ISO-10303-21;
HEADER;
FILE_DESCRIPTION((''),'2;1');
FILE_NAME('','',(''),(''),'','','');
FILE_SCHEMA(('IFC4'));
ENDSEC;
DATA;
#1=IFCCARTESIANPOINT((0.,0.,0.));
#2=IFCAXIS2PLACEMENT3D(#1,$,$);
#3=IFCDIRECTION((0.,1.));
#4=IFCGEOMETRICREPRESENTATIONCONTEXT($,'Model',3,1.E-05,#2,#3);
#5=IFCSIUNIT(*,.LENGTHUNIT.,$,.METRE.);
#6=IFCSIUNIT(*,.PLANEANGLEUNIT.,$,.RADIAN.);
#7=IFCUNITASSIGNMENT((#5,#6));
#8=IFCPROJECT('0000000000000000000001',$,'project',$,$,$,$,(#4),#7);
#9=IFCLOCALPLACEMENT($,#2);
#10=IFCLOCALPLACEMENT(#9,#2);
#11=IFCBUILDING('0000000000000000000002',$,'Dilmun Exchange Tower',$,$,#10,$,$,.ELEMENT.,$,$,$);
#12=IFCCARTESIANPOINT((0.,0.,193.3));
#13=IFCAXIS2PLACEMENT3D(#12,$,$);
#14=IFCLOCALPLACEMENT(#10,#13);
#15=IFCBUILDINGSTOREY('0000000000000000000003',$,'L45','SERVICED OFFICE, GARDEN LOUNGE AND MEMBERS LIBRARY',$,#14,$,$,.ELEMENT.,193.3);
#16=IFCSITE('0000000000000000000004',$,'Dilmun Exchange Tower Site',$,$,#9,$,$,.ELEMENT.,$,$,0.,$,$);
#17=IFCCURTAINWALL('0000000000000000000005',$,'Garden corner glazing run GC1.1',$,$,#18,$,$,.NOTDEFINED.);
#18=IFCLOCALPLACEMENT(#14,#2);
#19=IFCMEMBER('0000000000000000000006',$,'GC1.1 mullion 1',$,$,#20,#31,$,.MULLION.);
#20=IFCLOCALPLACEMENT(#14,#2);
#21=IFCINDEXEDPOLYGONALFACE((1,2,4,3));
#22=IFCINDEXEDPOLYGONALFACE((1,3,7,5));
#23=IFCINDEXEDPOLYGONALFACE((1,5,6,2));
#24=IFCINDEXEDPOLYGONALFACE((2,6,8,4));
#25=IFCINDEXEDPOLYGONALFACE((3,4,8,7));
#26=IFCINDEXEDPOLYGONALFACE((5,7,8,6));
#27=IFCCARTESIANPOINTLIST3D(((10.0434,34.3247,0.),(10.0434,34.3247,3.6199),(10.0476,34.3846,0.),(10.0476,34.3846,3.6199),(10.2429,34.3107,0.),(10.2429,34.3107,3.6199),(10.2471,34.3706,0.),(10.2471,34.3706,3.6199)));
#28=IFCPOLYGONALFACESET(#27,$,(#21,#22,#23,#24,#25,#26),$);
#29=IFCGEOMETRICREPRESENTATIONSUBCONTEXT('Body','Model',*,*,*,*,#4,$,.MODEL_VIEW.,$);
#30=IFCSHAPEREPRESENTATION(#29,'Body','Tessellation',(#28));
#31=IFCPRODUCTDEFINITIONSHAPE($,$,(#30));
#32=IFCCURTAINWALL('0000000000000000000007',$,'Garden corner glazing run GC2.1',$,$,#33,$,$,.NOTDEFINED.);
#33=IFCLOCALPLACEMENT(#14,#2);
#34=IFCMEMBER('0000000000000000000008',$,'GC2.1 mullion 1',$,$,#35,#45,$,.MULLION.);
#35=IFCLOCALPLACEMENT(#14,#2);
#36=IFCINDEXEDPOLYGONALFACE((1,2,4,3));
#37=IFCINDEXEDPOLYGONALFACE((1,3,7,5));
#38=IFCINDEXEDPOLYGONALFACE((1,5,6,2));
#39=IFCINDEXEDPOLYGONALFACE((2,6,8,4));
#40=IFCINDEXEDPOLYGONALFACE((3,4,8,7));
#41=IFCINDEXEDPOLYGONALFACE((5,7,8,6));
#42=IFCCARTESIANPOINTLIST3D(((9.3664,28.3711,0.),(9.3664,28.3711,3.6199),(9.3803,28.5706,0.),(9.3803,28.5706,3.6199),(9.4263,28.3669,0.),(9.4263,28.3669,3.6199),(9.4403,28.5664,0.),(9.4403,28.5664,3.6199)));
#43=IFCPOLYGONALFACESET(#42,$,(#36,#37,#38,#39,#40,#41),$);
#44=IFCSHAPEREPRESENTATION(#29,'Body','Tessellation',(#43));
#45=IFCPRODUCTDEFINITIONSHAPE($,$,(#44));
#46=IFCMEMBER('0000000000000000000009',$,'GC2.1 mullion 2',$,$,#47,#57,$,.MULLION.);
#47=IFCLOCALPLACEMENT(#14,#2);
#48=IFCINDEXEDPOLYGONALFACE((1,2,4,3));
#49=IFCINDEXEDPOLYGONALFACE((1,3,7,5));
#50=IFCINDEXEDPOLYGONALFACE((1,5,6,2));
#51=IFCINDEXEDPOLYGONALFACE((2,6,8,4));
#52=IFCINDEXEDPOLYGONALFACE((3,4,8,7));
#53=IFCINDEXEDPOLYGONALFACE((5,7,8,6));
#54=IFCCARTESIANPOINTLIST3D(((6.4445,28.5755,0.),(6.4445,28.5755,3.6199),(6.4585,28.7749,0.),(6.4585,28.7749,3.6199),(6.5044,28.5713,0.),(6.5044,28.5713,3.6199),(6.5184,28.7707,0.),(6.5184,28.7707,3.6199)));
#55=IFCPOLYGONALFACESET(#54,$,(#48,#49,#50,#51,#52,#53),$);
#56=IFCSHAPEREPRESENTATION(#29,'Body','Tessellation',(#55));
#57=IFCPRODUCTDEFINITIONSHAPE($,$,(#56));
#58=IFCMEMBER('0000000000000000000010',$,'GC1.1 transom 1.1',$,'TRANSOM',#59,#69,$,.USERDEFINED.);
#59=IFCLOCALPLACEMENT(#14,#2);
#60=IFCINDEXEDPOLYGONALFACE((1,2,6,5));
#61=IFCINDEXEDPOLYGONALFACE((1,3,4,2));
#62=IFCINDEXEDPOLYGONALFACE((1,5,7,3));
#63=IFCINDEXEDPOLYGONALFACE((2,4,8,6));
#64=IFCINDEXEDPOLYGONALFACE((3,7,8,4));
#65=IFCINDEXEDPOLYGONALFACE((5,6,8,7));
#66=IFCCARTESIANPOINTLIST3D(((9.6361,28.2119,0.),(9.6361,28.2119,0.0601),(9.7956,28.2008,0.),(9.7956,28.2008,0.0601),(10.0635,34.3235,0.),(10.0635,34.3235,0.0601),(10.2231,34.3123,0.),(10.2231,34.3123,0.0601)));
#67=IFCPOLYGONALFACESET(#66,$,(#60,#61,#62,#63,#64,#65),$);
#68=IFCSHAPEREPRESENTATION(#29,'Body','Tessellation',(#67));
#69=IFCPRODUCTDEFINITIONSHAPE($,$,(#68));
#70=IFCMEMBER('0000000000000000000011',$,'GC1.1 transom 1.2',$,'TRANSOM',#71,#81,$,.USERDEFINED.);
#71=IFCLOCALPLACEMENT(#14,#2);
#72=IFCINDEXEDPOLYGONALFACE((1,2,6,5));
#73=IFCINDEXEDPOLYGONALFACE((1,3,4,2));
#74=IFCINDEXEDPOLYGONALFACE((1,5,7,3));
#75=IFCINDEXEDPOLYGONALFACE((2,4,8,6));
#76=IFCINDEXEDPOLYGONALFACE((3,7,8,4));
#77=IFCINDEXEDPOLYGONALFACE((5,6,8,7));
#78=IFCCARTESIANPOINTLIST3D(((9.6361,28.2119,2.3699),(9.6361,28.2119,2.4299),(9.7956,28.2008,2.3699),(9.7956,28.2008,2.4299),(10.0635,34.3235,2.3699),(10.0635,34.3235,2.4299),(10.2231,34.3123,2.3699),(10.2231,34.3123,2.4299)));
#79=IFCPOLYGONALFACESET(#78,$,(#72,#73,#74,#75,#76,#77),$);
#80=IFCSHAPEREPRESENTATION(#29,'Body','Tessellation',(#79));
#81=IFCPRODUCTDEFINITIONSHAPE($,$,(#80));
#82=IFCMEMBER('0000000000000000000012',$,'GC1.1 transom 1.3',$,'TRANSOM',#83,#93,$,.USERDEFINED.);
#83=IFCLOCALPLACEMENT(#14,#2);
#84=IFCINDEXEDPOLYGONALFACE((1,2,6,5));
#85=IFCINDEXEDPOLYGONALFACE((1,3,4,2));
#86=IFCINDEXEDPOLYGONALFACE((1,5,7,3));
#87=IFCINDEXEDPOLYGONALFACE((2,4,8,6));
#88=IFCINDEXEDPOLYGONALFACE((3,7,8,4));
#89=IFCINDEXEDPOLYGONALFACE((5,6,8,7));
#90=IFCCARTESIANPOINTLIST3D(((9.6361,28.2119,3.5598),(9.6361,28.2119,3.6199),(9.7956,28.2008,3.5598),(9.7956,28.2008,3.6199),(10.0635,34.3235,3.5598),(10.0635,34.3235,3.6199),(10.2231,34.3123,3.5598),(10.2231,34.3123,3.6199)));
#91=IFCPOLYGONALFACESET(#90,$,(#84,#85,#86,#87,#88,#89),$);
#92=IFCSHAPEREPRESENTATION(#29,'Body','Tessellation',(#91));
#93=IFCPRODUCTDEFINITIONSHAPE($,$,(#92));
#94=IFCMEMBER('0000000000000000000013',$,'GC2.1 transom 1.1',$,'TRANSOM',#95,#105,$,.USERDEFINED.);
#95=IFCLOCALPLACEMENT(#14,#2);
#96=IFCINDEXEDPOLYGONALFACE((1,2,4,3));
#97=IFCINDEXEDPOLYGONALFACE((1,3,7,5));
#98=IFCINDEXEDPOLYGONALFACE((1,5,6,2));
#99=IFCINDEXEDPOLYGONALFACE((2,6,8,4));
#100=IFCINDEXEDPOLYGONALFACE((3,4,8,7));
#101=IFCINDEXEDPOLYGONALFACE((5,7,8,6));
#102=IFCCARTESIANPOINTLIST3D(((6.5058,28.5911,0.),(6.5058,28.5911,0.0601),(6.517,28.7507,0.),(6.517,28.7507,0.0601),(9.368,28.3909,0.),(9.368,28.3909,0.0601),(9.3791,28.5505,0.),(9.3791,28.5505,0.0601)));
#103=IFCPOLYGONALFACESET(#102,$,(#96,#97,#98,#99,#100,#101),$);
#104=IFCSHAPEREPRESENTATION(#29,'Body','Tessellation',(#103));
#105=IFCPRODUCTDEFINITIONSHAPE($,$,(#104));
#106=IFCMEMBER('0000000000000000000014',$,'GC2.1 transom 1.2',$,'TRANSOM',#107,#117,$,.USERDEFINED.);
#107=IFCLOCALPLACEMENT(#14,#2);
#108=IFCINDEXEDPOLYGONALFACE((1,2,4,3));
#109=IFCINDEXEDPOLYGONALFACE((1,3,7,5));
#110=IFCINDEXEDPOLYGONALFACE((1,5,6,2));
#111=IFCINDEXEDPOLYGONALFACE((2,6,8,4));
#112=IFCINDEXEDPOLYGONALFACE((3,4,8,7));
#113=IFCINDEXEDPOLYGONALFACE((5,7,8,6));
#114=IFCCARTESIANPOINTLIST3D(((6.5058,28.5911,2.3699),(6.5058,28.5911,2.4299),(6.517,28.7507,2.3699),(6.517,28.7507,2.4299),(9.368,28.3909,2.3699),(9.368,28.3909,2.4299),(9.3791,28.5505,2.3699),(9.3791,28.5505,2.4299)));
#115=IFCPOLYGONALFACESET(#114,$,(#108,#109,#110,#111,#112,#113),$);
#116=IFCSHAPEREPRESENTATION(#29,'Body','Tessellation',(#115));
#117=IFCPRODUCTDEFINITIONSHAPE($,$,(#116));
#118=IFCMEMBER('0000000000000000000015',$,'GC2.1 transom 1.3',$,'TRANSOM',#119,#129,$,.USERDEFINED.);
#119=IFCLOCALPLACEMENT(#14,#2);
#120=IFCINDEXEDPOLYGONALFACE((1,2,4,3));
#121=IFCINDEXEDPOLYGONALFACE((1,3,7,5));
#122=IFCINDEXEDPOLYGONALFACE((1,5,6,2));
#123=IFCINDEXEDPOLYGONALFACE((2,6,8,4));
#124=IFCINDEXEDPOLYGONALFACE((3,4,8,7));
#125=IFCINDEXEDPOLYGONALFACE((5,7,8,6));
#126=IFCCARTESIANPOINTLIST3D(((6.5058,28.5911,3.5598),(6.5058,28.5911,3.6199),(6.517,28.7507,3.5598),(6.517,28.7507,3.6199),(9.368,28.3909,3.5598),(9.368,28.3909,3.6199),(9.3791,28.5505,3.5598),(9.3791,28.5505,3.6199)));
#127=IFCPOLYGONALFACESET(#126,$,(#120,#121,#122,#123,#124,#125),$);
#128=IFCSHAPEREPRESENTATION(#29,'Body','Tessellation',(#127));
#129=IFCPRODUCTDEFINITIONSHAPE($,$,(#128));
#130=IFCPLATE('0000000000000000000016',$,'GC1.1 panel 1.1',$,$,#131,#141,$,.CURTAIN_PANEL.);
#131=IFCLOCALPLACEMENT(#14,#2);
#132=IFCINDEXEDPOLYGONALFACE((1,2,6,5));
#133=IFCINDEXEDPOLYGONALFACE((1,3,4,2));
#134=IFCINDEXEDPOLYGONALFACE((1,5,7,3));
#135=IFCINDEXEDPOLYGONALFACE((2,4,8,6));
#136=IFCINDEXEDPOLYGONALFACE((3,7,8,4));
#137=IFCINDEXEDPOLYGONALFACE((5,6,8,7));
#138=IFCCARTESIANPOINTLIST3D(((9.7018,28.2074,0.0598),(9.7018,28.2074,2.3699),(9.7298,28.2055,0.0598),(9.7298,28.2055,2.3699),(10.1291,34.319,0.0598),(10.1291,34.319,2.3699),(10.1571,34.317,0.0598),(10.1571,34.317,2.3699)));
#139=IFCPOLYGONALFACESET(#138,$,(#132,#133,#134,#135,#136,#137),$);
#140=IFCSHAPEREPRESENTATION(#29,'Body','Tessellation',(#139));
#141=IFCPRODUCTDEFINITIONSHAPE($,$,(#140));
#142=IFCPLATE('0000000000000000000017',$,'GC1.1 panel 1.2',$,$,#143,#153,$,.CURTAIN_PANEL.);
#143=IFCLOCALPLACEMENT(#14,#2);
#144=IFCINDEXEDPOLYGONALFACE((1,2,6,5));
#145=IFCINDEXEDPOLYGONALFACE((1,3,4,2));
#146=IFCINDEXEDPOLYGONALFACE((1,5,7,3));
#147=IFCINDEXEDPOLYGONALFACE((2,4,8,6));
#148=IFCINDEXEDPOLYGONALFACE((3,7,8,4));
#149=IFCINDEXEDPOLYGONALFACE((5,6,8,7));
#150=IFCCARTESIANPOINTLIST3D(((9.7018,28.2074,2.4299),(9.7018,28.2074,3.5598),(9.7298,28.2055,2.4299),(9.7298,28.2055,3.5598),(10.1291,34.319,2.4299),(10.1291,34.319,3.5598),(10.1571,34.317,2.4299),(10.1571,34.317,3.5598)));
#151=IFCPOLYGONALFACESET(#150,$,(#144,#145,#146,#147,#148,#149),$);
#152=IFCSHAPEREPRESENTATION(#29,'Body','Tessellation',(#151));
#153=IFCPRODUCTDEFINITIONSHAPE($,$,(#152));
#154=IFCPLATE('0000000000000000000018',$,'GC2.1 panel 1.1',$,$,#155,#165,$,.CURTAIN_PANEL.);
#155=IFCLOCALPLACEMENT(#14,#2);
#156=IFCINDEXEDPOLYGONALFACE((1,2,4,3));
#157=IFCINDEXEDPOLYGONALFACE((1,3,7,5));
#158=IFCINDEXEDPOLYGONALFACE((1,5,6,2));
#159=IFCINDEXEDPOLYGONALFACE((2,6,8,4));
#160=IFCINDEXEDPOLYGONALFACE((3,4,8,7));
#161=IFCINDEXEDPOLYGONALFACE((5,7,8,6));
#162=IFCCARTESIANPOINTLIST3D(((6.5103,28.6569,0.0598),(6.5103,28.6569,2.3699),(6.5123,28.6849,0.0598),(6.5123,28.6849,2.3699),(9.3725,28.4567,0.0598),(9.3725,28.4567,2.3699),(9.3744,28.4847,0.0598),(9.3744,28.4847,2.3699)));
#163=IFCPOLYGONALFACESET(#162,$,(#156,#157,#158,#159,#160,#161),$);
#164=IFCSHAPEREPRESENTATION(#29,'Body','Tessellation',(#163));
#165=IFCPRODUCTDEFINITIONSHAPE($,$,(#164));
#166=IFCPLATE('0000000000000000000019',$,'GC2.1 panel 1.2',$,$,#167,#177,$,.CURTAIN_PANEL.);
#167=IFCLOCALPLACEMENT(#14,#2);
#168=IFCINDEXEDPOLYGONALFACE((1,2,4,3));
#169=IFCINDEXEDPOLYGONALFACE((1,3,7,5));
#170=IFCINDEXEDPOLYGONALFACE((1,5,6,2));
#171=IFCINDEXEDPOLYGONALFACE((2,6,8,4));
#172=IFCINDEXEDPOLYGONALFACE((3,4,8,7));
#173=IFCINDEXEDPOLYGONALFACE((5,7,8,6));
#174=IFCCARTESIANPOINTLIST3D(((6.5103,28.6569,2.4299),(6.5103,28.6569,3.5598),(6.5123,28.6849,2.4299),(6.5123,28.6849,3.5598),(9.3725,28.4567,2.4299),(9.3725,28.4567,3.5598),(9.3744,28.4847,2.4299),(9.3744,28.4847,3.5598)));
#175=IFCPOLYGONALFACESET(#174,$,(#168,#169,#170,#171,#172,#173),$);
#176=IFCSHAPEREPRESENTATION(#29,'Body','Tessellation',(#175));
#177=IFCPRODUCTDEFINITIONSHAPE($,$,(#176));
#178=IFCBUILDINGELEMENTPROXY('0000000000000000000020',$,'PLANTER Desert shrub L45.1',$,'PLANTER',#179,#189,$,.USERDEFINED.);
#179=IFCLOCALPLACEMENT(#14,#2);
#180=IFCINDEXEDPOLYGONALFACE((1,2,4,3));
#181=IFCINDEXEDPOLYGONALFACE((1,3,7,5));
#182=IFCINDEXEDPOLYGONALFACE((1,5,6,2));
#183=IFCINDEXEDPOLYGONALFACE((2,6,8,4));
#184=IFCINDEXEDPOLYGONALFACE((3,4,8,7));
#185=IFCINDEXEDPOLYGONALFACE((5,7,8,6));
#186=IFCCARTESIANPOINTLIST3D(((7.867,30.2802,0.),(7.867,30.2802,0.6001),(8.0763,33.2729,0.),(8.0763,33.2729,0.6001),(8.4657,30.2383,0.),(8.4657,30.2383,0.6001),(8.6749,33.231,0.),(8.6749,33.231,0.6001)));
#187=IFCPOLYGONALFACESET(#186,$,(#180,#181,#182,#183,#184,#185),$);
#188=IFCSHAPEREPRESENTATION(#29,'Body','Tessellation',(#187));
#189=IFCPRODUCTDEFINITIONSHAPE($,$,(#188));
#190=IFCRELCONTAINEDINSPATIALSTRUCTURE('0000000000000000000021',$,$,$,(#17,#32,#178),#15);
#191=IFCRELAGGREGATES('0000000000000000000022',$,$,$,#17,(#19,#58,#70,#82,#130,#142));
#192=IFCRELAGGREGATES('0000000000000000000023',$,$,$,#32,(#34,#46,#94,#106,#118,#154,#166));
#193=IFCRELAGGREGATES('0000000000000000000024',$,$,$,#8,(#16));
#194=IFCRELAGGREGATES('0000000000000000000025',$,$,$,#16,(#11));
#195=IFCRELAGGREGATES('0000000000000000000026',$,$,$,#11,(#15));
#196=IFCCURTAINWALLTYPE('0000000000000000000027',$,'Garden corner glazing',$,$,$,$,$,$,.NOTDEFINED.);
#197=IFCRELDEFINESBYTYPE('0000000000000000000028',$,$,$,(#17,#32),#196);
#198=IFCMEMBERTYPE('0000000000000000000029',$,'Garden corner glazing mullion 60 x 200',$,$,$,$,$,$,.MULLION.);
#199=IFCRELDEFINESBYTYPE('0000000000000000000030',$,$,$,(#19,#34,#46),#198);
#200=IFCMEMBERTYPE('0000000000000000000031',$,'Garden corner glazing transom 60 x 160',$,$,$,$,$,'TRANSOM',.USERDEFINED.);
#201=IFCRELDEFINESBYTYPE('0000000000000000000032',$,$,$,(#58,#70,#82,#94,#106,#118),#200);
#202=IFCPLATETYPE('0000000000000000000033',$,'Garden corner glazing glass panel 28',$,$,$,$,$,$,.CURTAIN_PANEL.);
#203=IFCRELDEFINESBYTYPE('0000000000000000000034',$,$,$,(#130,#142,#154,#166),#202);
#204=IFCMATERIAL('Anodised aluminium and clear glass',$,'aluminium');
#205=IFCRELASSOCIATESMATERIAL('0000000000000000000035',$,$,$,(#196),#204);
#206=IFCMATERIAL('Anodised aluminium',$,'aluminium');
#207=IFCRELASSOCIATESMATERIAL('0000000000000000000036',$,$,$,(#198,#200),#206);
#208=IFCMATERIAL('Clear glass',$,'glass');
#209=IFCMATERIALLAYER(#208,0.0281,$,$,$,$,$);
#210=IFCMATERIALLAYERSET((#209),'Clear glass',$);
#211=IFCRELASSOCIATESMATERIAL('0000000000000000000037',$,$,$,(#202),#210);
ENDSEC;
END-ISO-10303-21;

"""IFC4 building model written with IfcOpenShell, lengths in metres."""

from ifc_helpers import new_model, si_unit, direction, frame, origin, origin_2d, place, context, subcontext, project, spatial, rectangle, extrude, material, layer, layer_set, material_profile, profile_set, type_object, element, aggregate, save


model = new_model("IFC4")

# Units and contexts
model_context = context("Model", 3, precision=1e-05, world=origin(), true_north=direction((0.0, 1.0)))
body_context = subcontext(model_context, "Body", "Model", "MODEL_VIEW")
ifc_project = project(units=[si_unit("LENGTHUNIT", "METRE"), si_unit("PLANEANGLEUNIT", "RADIAN")], contexts=[model_context])

# Site, building, storey
site_placement = place(None, origin())
site = spatial("IfcSite", under=ifc_project, at=site_placement, Name="Dilmun Exchange Tower Site", CompositionType="ELEMENT", RefElevation=0.0)
building_placement = place(site_placement, origin())
building = spatial("IfcBuilding", under=site, at=building_placement, Name="Dilmun Exchange Tower", CompositionType="ELEMENT")
storey_placement = place(building_placement, frame((0.0, 0.0, 193.3)))
storey = spatial("IfcBuildingStorey", under=building, at=storey_placement, Name="L45", Description="SERVICED OFFICE, GARDEN LOUNGE AND MEMBERS LIBRARY", CompositionType="ELEMENT", Elevation=193.3)

# Curtain wall, member
ifc_material_1 = material(Name="Anodised aluminium and clear glass", Category="aluminium")
curtain_wall_type = type_object("IfcCurtainWallType", Name="Garden corner glazing", PredefinedType="NOTDEFINED", material=ifc_material_1)
curtain_wall_1_placement = place(storey_placement, origin())
curtain_wall_1 = element("IfcCurtainWall", 1, at=curtain_wall_1_placement, inside=storey, type_object=curtain_wall_type, Name="Garden corner glazing run GC1.1", PredefinedType="NOTDEFINED")
ifc_material_2 = material(Name="Anodised aluminium", Category="aluminium")
ifc_material_profile_1 = material_profile(ifc_material_2, rectangle(XDim=0.2, YDim=0.0601, at=origin_2d()), Name="AL 60x200")
ifc_profile_set_1 = profile_set([ifc_material_profile_1], Name="Anodised aluminium")
member_type_1 = type_object("IfcMemberType", Name="Garden corner glazing mullion 60 x 200", PredefinedType="MULLION", material=ifc_profile_set_1)
member_1_placement = place(storey_placement, frame((10.1453, 34.3477, 0.0), z_axis=(0.0, 0.0, 1.0), x_axis=(0.997564, -0.069752, 0.0)))
member_1 = element("IfcMember", 2, at=member_1_placement, type_object=member_type_1, Name="GC1.1 mullion 1", PredefinedType="MULLION", context=body_context, shape_type="SweptSolid", body=[
    extrude(rectangle(XDim=0.2, YDim=0.0601, at=origin_2d()), origin(), (0.0, 0.0, 1.0), 3.6199),
])

# Curtain wall, members
curtain_wall_2_placement = place(storey_placement, origin())
curtain_wall_2 = element("IfcCurtainWall", 3, at=curtain_wall_2_placement, inside=storey, type_object=curtain_wall_type, Name="Garden corner glazing run GC2.1", PredefinedType="NOTDEFINED")
member_2_placement = place(storey_placement, frame((9.4033, 28.4688, 0.0), z_axis=(0.0, 0.0, 1.0), x_axis=(-0.069787, -0.997562, 0.0)))
member_2 = element("IfcMember", 4, at=member_2_placement, type_object=member_type_1, Name="GC2.1 mullion 1", PredefinedType="MULLION", context=body_context, shape_type="SweptSolid", body=[
    extrude(rectangle(XDim=0.2, YDim=0.0601, at=origin_2d()), origin(), (0.0, 0.0, 1.0), 3.6199),
])
member_3_placement = place(storey_placement, frame((6.4814, 28.6731, 0.0), z_axis=(0.0, 0.0, 1.0), x_axis=(-0.069787, -0.997562, 0.0)))
member_3 = element("IfcMember", 5, at=member_3_placement, type_object=member_type_1, Name="GC2.1 mullion 2", PredefinedType="MULLION", context=body_context, shape_type="SweptSolid", body=[
    extrude(rectangle(XDim=0.2, YDim=0.0601, at=origin_2d()), origin(), (0.0, 0.0, 1.0), 3.6199),
])

# Members
ifc_material_profile_2 = material_profile(ifc_material_2, rectangle(XDim=0.1599, YDim=0.0601, at=origin_2d()), Name="AL 60x160")
ifc_profile_set_2 = profile_set([ifc_material_profile_2], Name="Anodised aluminium")
member_type_2 = type_object("IfcMemberType", Name="Garden corner glazing transom 60 x 160", ElementType="TRANSOM", PredefinedType="USERDEFINED", material=ifc_profile_set_2)
member_4_placement = place(storey_placement, frame((10.1433, 34.3179, 0.03), z_axis=(-0.069777, -0.997563, 0.0), x_axis=(0.997563, -0.069777, 0.0)))
member_4 = element("IfcMember", 6, at=member_4_placement, type_object=member_type_2, Name="GC1.1 transom 1.1", ObjectType="TRANSOM", PredefinedType="USERDEFINED", context=body_context, shape_type="SweptSolid", body=[
    extrude(rectangle(XDim=0.1599, YDim=0.0601, at=origin_2d()), origin(), (0.0, 0.0, 1.0), 6.1265),
])
member_5_placement = place(storey_placement, frame((10.1433, 34.3179, 2.3999), z_axis=(-0.069777, -0.997563, 0.0), x_axis=(0.997563, -0.069777, 0.0)))
member_5 = element("IfcMember", 7, at=member_5_placement, type_object=member_type_2, Name="GC1.1 transom 1.2", ObjectType="TRANSOM", PredefinedType="USERDEFINED", context=body_context, shape_type="SweptSolid", body=[
    extrude(rectangle(XDim=0.1599, YDim=0.0601, at=origin_2d()), origin(), (0.0, 0.0, 1.0), 6.1265),
])
member_6_placement = place(storey_placement, frame((10.1433, 34.3179, 3.5898), z_axis=(-0.069777, -0.997563, 0.0), x_axis=(0.997563, -0.069777, 0.0)))
member_6 = element("IfcMember", 8, at=member_6_placement, type_object=member_type_2, Name="GC1.1 transom 1.3", ObjectType="TRANSOM", PredefinedType="USERDEFINED", context=body_context, shape_type="SweptSolid", body=[
    extrude(rectangle(XDim=0.1599, YDim=0.0601, at=origin_2d()), origin(), (0.0, 0.0, 1.0), 6.1265),
])
member_7_placement = place(storey_placement, frame((9.3735, 28.4707, 0.03), z_axis=(-0.997563, 0.069777, 0.0), x_axis=(-0.069777, -0.997563, 0.0)))
member_7 = element("IfcMember", 9, at=member_7_placement, type_object=member_type_2, Name="GC2.1 transom 1.1", ObjectType="TRANSOM", PredefinedType="USERDEFINED", context=body_context, shape_type="SweptSolid", body=[
    extrude(rectangle(XDim=0.1599, YDim=0.0601, at=origin_2d()), origin(), (0.0, 0.0, 1.0), 2.8691),
])
member_8_placement = place(storey_placement, frame((9.3735, 28.4707, 2.3999), z_axis=(-0.997563, 0.069777, 0.0), x_axis=(-0.069777, -0.997563, 0.0)))
member_8 = element("IfcMember", 10, at=member_8_placement, type_object=member_type_2, Name="GC2.1 transom 1.2", ObjectType="TRANSOM", PredefinedType="USERDEFINED", context=body_context, shape_type="SweptSolid", body=[
    extrude(rectangle(XDim=0.1599, YDim=0.0601, at=origin_2d()), origin(), (0.0, 0.0, 1.0), 2.8691),
])
member_9_placement = place(storey_placement, frame((9.3735, 28.4707, 3.5898), z_axis=(-0.997563, 0.069777, 0.0), x_axis=(-0.069777, -0.997563, 0.0)))
member_9 = element("IfcMember", 11, at=member_9_placement, type_object=member_type_2, Name="GC2.1 transom 1.3", ObjectType="TRANSOM", PredefinedType="USERDEFINED", context=body_context, shape_type="SweptSolid", body=[
    extrude(rectangle(XDim=0.1599, YDim=0.0601, at=origin_2d()), origin(), (0.0, 0.0, 1.0), 2.8691),
])

# Plates
ifc_material_3 = material(Name="Clear glass", Category="glass")
ifc_layer_1 = layer(ifc_material_3, 0.0281)
ifc_layer_set_1 = layer_set([ifc_layer_1], Name="Clear glass")
plate_type = type_object("IfcPlateType", Name="Garden corner glazing glass panel 28", PredefinedType="CURTAIN_PANEL", material=ifc_layer_set_1)
plate_1_placement = place(storey_placement, frame((9.9294, 31.2622, 0.0598), z_axis=(0.0, 0.0, 1.0), x_axis=(-0.069752, -0.997564, 0.0)))
plate_1 = element("IfcPlate", 12, at=plate_1_placement, type_object=plate_type, Name="GC1.1 panel 1.1", PredefinedType="CURTAIN_PANEL", context=body_context, shape_type="SweptSolid", body=[
    extrude(rectangle(XDim=6.1265, YDim=0.0281, at=origin_2d()), origin(), (0.0, 0.0, 1.0), 2.3101),
])
plate_2_placement = place(storey_placement, frame((9.9294, 31.2622, 2.4299), z_axis=(0.0, 0.0, 1.0), x_axis=(-0.069752, -0.997564, 0.0)))
plate_2 = element("IfcPlate", 13, at=plate_2_placement, type_object=plate_type, Name="GC1.1 panel 1.2", PredefinedType="CURTAIN_PANEL", context=body_context, shape_type="SweptSolid", body=[
    extrude(rectangle(XDim=6.1265, YDim=0.0281, at=origin_2d()), origin(), (0.0, 0.0, 1.0), 1.1299),
])
aggregate(curtain_wall_1, [member_1, member_4, member_5, member_6, plate_1, plate_2])
plate_3_placement = place(storey_placement, frame((7.9424, 28.5708, 0.0598), z_axis=(0.0, 0.0, 1.0), x_axis=(-0.997562, 0.069787, 0.0)))
plate_3 = element("IfcPlate", 14, at=plate_3_placement, type_object=plate_type, Name="GC2.1 panel 1.1", PredefinedType="CURTAIN_PANEL", context=body_context, shape_type="SweptSolid", body=[
    extrude(rectangle(XDim=2.8691, YDim=0.0281, at=origin_2d()), origin(), (0.0, 0.0, 1.0), 2.3101),
])
plate_4_placement = place(storey_placement, frame((7.9424, 28.5708, 2.4299), z_axis=(0.0, 0.0, 1.0), x_axis=(-0.997562, 0.069787, 0.0)))
plate_4 = element("IfcPlate", 15, at=plate_4_placement, type_object=plate_type, Name="GC2.1 panel 1.2", PredefinedType="CURTAIN_PANEL", context=body_context, shape_type="SweptSolid", body=[
    extrude(rectangle(XDim=2.8691, YDim=0.0281, at=origin_2d()), origin(), (0.0, 0.0, 1.0), 1.1299),
])
aggregate(curtain_wall_2, [member_2, member_3, member_7, member_8, member_9, plate_3, plate_4])

# Building element proxy
proxy_placement = place(storey_placement, frame((8.271, 31.7556, 0.0), z_axis=(0.0, 0.0, 1.0), x_axis=(0.069756, 0.997564, 0.0)))
element("IfcBuildingElementProxy", 16, at=proxy_placement, inside=storey, Name="PLANTER Desert shrub L45.1", ObjectType="PLANTER", PredefinedType="USERDEFINED", context=body_context, shape_type="SweptSolid", body=[
    extrude(rectangle(XDim=3.0, YDim=0.6001, at=origin_2d()), origin(), (0.0, 0.0, 1.0), 0.6001),
])

save(model, "model.ifc")
